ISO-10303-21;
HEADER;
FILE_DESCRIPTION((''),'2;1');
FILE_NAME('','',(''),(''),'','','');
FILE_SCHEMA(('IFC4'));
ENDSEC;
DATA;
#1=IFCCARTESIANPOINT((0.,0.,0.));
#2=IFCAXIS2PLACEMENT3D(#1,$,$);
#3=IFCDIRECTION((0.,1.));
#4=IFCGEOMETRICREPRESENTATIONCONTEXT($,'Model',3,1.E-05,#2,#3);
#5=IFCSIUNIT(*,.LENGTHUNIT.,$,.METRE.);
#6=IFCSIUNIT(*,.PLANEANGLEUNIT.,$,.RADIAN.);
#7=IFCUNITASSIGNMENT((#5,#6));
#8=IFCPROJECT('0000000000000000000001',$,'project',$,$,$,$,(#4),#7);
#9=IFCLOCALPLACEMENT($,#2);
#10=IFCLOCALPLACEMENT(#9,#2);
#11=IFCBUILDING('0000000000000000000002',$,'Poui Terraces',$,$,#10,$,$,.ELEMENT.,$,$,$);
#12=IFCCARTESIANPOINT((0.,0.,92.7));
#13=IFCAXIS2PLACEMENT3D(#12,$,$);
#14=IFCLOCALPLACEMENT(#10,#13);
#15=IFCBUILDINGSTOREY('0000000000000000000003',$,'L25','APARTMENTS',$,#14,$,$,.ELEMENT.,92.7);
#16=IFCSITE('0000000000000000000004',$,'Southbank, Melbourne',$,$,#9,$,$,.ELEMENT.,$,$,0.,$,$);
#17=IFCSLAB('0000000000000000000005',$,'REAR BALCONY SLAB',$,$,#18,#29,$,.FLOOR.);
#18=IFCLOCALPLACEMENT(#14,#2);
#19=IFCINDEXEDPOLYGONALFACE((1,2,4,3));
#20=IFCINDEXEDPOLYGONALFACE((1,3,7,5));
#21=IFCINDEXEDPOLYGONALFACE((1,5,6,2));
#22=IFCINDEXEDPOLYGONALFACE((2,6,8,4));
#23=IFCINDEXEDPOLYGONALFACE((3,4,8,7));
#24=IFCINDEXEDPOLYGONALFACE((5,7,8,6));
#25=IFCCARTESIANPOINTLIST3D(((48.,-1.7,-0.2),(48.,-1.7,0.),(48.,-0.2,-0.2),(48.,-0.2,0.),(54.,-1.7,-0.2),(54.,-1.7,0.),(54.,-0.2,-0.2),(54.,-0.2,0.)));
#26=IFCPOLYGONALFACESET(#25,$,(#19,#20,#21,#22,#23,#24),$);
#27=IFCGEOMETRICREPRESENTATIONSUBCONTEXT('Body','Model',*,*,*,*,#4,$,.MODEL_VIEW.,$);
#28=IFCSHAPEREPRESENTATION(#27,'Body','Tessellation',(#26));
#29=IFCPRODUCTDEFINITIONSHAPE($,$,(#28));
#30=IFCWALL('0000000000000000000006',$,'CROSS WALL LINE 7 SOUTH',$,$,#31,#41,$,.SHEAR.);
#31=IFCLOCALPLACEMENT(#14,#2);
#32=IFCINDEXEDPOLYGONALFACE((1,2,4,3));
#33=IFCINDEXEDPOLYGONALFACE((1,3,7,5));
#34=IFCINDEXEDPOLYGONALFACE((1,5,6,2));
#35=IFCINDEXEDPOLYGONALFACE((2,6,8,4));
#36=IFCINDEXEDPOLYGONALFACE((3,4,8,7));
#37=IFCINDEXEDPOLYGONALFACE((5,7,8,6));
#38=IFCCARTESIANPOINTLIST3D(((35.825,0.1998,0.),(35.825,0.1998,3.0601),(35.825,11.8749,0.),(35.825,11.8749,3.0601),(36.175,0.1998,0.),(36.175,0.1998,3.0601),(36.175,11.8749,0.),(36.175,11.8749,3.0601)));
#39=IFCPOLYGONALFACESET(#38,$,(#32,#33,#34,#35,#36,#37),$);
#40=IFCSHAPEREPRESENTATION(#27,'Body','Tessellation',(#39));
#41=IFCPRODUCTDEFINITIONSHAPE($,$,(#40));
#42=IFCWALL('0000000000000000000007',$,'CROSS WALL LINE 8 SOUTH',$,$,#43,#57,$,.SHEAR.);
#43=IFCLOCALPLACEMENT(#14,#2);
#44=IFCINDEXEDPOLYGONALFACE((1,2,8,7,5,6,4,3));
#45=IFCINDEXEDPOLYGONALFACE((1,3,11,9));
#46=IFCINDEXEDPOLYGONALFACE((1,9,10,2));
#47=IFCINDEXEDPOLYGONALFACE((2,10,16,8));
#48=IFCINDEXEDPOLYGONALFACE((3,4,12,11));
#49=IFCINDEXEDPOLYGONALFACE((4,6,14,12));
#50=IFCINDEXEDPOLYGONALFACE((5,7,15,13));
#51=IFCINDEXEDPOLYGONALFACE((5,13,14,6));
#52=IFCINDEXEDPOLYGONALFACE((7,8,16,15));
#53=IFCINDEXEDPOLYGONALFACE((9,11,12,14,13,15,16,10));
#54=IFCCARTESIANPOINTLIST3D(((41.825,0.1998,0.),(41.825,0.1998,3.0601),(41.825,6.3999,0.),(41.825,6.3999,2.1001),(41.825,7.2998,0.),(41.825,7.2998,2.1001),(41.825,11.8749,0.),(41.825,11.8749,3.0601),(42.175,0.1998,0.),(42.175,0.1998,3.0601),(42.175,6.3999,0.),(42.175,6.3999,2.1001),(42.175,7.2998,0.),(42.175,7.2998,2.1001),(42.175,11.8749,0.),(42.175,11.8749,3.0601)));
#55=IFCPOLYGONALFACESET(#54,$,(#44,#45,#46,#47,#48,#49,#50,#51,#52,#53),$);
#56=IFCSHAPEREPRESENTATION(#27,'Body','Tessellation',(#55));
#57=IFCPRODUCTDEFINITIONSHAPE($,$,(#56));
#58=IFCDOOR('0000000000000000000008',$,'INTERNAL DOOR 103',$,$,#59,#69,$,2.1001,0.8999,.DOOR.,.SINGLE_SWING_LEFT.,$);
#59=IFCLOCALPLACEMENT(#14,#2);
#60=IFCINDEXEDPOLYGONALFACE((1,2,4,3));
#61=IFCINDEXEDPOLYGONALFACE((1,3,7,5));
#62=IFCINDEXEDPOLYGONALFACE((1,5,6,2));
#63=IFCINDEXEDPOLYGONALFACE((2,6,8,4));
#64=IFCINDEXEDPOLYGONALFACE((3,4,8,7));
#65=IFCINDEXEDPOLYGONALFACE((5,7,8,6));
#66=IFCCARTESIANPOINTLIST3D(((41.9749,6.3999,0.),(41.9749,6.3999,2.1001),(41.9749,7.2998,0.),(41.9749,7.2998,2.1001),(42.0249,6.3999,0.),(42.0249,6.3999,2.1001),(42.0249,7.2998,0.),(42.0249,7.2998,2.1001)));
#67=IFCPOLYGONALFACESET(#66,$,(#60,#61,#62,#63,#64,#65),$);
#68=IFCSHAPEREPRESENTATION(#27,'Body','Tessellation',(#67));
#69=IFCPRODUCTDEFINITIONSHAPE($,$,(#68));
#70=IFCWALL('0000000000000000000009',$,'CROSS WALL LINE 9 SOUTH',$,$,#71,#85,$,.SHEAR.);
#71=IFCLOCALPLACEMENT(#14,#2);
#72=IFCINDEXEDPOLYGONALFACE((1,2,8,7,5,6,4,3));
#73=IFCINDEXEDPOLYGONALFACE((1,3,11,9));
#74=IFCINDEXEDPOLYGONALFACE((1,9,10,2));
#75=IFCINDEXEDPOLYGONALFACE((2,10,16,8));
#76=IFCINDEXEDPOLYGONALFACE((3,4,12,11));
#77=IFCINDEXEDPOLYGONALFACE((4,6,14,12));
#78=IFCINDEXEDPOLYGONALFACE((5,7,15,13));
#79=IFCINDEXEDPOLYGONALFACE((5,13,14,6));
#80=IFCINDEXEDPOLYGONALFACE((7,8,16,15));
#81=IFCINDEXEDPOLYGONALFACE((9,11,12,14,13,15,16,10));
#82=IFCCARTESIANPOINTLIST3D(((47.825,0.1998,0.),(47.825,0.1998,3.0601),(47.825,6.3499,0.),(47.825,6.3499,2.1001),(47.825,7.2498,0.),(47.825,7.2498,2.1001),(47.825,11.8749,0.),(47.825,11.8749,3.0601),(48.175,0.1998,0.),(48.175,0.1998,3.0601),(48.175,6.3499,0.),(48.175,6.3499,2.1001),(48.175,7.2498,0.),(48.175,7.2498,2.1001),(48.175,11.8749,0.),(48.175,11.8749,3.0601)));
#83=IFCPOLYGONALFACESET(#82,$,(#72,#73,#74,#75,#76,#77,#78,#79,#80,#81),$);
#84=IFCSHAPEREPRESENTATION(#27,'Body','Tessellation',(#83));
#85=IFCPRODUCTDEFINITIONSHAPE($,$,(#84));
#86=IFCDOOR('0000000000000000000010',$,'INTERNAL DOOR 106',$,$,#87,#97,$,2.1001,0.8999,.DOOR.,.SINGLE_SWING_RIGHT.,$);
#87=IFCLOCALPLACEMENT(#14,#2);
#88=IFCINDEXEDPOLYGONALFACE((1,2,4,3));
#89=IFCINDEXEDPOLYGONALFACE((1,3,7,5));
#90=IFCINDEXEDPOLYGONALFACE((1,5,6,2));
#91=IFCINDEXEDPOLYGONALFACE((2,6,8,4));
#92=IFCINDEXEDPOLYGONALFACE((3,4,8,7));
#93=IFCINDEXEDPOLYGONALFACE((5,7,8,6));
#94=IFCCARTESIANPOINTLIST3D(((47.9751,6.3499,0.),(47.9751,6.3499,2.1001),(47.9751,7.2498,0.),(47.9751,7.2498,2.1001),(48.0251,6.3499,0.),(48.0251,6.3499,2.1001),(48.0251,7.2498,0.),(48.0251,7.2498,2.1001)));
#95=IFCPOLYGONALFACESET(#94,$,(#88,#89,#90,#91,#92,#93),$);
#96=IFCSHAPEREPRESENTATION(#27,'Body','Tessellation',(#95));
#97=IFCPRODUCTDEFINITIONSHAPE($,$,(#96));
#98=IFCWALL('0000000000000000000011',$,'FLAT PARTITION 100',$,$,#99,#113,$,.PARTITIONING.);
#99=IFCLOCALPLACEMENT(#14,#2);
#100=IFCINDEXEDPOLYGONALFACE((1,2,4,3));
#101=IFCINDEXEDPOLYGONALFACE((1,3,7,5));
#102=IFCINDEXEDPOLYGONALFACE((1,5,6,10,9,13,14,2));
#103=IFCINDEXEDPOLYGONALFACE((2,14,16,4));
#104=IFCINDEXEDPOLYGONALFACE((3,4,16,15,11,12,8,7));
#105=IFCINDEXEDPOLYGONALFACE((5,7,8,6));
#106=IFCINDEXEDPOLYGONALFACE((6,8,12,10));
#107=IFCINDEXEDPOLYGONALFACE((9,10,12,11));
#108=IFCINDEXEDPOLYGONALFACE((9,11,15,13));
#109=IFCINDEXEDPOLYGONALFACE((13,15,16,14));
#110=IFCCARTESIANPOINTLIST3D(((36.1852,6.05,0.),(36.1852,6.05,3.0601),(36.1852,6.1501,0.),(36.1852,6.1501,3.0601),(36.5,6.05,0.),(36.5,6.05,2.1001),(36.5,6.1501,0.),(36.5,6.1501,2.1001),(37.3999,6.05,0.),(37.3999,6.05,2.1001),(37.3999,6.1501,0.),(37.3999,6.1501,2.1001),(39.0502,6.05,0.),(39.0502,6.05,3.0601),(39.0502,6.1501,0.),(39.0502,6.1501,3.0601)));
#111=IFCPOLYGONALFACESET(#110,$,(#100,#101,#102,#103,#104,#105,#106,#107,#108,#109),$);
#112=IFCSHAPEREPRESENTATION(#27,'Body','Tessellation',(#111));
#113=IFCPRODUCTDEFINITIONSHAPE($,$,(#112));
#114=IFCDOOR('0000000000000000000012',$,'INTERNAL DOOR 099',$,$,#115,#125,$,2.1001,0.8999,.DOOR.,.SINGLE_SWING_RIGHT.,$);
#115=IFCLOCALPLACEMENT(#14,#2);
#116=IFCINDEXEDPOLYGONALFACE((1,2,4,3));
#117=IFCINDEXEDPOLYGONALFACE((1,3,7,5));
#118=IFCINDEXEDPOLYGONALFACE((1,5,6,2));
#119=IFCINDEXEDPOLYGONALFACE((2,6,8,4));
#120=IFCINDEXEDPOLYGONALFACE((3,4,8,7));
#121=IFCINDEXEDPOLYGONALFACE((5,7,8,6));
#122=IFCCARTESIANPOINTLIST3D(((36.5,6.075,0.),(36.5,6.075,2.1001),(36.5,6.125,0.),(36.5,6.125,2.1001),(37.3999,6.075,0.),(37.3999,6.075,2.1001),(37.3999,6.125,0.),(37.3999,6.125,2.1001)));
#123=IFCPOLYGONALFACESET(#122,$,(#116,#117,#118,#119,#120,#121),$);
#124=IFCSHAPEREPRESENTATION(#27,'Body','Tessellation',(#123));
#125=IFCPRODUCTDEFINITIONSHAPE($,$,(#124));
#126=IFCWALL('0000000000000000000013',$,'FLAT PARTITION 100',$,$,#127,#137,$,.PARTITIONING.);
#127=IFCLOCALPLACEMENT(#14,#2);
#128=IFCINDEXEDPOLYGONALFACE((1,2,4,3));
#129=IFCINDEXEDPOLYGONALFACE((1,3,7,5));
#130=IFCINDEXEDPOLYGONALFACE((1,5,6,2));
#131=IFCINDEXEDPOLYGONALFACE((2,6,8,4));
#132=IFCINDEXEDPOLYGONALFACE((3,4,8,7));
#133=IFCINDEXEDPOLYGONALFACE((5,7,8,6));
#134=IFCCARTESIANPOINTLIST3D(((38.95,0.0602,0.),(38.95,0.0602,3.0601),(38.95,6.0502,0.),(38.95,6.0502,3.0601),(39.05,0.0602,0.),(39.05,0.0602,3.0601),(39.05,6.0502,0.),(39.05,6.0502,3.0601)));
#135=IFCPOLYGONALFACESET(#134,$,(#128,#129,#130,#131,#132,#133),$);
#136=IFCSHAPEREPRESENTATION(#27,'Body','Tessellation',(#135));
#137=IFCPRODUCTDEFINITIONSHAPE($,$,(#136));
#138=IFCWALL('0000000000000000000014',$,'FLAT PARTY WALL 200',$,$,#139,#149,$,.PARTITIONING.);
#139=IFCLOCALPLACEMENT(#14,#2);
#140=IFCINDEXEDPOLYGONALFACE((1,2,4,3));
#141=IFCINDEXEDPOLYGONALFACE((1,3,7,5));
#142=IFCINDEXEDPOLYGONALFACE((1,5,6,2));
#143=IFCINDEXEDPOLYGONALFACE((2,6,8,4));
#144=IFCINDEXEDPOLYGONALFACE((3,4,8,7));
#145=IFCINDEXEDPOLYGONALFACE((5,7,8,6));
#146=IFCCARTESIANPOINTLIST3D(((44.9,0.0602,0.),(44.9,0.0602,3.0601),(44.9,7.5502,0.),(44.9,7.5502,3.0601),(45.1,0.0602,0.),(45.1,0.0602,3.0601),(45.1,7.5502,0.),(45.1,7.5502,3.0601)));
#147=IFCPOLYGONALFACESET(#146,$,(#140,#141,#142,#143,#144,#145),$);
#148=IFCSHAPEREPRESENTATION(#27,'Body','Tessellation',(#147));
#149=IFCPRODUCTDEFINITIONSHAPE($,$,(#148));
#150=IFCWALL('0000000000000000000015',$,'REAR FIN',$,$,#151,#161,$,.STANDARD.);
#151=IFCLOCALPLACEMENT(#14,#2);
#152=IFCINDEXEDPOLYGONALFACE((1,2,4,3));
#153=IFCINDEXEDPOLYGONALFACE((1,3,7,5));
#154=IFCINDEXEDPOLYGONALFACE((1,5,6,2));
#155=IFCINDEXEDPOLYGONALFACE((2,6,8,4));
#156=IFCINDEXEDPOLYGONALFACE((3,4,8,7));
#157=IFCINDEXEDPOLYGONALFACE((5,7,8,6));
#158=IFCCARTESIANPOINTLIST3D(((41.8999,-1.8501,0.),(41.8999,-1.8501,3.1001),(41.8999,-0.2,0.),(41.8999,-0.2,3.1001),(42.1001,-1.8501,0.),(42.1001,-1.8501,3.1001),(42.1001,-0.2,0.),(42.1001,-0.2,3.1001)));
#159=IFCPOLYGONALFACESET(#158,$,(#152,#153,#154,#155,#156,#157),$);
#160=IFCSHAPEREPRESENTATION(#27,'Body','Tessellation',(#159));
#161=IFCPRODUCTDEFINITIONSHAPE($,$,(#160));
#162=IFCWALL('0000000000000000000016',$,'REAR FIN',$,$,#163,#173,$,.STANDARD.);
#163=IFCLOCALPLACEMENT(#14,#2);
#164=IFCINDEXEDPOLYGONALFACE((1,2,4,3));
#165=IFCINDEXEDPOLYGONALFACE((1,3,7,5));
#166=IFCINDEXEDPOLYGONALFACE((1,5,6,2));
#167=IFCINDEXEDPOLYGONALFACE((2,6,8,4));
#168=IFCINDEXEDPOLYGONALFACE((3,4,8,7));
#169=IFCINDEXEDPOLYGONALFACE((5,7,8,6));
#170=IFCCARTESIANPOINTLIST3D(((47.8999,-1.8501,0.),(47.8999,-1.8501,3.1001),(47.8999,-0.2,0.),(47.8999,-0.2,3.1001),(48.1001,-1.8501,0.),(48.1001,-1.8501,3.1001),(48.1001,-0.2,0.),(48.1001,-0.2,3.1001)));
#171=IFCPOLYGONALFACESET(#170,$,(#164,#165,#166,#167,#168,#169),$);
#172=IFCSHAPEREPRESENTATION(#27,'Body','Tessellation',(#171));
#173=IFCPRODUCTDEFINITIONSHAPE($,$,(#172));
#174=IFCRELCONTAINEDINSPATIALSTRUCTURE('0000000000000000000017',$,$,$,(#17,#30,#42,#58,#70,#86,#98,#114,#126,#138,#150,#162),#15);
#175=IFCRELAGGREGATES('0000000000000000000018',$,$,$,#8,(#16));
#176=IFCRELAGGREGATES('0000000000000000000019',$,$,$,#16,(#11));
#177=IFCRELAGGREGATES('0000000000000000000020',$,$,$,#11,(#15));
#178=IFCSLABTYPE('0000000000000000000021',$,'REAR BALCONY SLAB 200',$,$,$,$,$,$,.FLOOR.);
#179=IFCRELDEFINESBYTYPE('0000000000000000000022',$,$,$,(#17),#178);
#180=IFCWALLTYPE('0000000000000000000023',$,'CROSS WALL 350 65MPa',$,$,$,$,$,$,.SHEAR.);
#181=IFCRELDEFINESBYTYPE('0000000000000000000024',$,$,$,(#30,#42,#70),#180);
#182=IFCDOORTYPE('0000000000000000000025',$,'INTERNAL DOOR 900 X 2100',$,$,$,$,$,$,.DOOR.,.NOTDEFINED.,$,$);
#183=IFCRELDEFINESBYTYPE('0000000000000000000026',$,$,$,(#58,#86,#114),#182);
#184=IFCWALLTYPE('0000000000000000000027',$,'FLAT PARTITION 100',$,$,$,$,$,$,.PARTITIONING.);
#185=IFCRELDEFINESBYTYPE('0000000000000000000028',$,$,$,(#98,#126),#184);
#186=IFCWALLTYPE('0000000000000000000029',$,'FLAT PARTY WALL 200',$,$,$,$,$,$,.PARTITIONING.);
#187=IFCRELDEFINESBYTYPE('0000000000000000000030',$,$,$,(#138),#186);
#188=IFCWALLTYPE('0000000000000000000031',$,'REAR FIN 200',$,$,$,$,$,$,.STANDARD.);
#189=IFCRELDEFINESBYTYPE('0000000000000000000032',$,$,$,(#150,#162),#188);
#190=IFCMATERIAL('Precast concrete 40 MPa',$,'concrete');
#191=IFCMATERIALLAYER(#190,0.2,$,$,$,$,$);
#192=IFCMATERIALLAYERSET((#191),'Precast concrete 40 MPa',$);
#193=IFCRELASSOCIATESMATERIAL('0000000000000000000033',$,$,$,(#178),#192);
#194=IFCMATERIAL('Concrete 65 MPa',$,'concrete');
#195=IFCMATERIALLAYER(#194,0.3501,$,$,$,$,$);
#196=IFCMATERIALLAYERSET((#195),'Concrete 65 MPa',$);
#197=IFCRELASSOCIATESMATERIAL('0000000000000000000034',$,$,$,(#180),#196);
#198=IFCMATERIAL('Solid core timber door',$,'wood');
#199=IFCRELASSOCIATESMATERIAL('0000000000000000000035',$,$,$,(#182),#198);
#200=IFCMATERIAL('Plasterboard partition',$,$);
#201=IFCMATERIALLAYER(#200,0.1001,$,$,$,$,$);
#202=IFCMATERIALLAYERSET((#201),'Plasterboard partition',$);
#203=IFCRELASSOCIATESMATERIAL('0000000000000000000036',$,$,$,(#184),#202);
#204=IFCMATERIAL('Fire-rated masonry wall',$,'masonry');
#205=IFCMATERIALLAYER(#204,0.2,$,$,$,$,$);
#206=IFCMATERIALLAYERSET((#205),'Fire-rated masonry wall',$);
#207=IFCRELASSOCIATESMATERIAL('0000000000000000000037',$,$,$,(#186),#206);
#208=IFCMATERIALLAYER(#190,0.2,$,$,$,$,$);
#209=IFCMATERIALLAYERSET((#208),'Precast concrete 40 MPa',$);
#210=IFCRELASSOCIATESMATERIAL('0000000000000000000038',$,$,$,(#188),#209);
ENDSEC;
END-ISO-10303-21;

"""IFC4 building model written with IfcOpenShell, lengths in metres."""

from ifc_helpers import new_model, si_unit, direction, frame, frame_2d, origin, place, context, subcontext, project, spatial, polyline, rectangle, outline, extrude, source, transform, mapped, material, layer, layer_set, type_object, element, fill, save


model = new_model("IFC4")

# Units and contexts
model_context = context("Model", 3, precision=1e-05, world=origin(), true_north=direction((0.0, 1.0)))
body_context = subcontext(model_context, "Body", "Model", "MODEL_VIEW")
ifc_project = project(units=[si_unit("LENGTHUNIT", "METRE"), si_unit("PLANEANGLEUNIT", "RADIAN")], contexts=[model_context])

# Site, building, storey
site_placement = place(None, origin())
site = spatial("IfcSite", under=ifc_project, at=site_placement, Name="Southbank, Melbourne", CompositionType="ELEMENT", RefElevation=0.0)
building_placement = place(site_placement, origin())
building = spatial("IfcBuilding", under=site, at=building_placement, Name="Poui Terraces", CompositionType="ELEMENT")
storey_placement = place(building_placement, frame((0.0, 0.0, 92.7)))
storey = spatial("IfcBuildingStorey", under=building, at=storey_placement, Name="L25", Description="APARTMENTS", CompositionType="ELEMENT", Elevation=92.7)

# Slab
ifc_material_1 = material(Name="Precast concrete 40 MPa", Category="concrete")
ifc_layer_1 = layer(ifc_material_1, 0.2)
ifc_layer_set_1 = layer_set([ifc_layer_1], Name="Precast concrete 40 MPa")
slab_type = type_object("IfcSlabType", Name="REAR BALCONY SLAB 200", PredefinedType="FLOOR", material=ifc_layer_set_1)
shared_shape_1 = source(origin(), body_context, "Body", "SweptSolid", [
    extrude(outline(polyline([(0.0, 0.0), (6.0, 0.0), (6.0, 1.5), (0.0, 1.5), (0.0, 0.0)])), origin(), (0.0, 0.0, 1.0), 0.2),
])
slab_placement = place(storey_placement, frame((48.0, -1.7, -0.2)))
element("IfcSlab", 1, at=slab_placement, inside=storey, type_object=slab_type, Name="REAR BALCONY SLAB", PredefinedType="FLOOR", context=body_context, shape_type="MappedRepresentation", body=[
    mapped(shared_shape_1, transform((0.0, 0.0, 0.0))),
])

# Wall
ifc_material_2 = material(Name="Concrete 65 MPa", Category="concrete")
ifc_layer_2 = layer(ifc_material_2, 0.3501)
ifc_layer_set_2 = layer_set([ifc_layer_2], Name="Concrete 65 MPa")
wall_type_1 = type_object("IfcWallType", Name="CROSS WALL 350 65MPa", PredefinedType="SHEAR", material=ifc_layer_set_2)
wall_1_placement = place(storey_placement, frame((36.0, 0.2, 0.0), z_axis=(0.0, 0.0, 1.0), x_axis=(0.0, 1.0, 0.0)))
element("IfcWall", 2, at=wall_1_placement, inside=storey, type_object=wall_type_1, Name="CROSS WALL LINE 7 SOUTH", PredefinedType="SHEAR", context=body_context, shape_type="SweptSolid", body=[
    extrude(rectangle(XDim=11.675, YDim=0.3501, at=frame_2d((5.8374, 0.0))), origin(), (0.0, 0.0, 1.0), 3.0601),
])

# Walls, openings, doors
wall_2_placement = place(storey_placement, frame((42.0, 0.2, 0.0), z_axis=(0.0, 0.0, 1.0), x_axis=(0.0, 1.0, 0.0)))
wall_2 = element("IfcWall", 3, at=wall_2_placement, inside=storey, type_object=wall_type_1, Name="CROSS WALL LINE 8 SOUTH", PredefinedType="SHEAR", context=body_context, shape_type="SweptSolid", body=[
    extrude(rectangle(XDim=11.675, YDim=0.3501, at=frame_2d((5.8374, 0.0))), origin(), (0.0, 0.0, 1.0), 3.0601),
])
opening_1_placement = place(wall_2_placement, frame((6.2, 0.0, 0.0)))
opening_1 = element("IfcOpeningElement", 4, at=opening_1_placement, cuts=wall_2, PredefinedType="OPENING", context=body_context, shape_type="SweptSolid", body=[
    extrude(rectangle(XDim=0.8999, YDim=2.1001, at=frame_2d((0.45, 1.05))), frame((0.0, 0.1851, 0.0), z_axis=(0.0, -1.0, 0.0), x_axis=(1.0, 0.0, 0.0)), (0.0, 0.0, 1.0), 0.3701),
])
ifc_material_3 = material(Name="Solid core timber door", Category="wood")
door_type = type_object("IfcDoorType", Name="INTERNAL DOOR 900 X 2100", OperationType="NOTDEFINED", PredefinedType="DOOR", material=ifc_material_3)
door_1_placement = place(opening_1_placement, frame((0.8999, 0.0, 0.0), z_axis=(0.0, 0.0, 1.0), x_axis=(-1.0, 0.0, 0.0)))
door_1 = element("IfcDoor", 5, at=door_1_placement, inside=storey, type_object=door_type, Name="INTERNAL DOOR 103", OperationType="SINGLE_SWING_LEFT", OverallHeight=2.1001, OverallWidth=0.8999, PredefinedType="DOOR", context=body_context, shape_type="SweptSolid", body=[
    extrude(rectangle(XDim=0.8999, YDim=2.1001, at=frame_2d((0.45, 1.05))), frame((0.0, 0.0249, 0.0), z_axis=(0.0, -1.0, 0.0), x_axis=(1.0, 0.0, 0.0)), (0.0, 0.0, 1.0), 0.05),
])
fill(opening_1, door_1)
wall_3_placement = place(storey_placement, frame((48.0, 0.2, 0.0), z_axis=(0.0, 0.0, 1.0), x_axis=(0.0, 1.0, 0.0)))
wall_3 = element("IfcWall", 6, at=wall_3_placement, inside=storey, type_object=wall_type_1, Name="CROSS WALL LINE 9 SOUTH", PredefinedType="SHEAR", context=body_context, shape_type="SweptSolid", body=[
    extrude(rectangle(XDim=11.675, YDim=0.3501, at=frame_2d((5.8374, 0.0))), origin(), (0.0, 0.0, 1.0), 3.0601),
])
opening_2_placement = place(wall_3_placement, frame((6.1499, 0.0, 0.0)))
opening_2 = element("IfcOpeningElement", 7, at=opening_2_placement, cuts=wall_3, PredefinedType="OPENING", context=body_context, shape_type="SweptSolid", body=[
    extrude(rectangle(XDim=0.8999, YDim=2.1001, at=frame_2d((0.45, 1.05))), frame((0.0, 0.1851, 0.0), z_axis=(0.0, -1.0, 0.0), x_axis=(1.0, 0.0, 0.0)), (0.0, 0.0, 1.0), 0.3701),
])
door_2_placement = place(opening_2_placement, origin())
door_2 = element("IfcDoor", 8, at=door_2_placement, inside=storey, type_object=door_type, Name="INTERNAL DOOR 106", OperationType="SINGLE_SWING_RIGHT", OverallHeight=2.1001, OverallWidth=0.8999, PredefinedType="DOOR", context=body_context, shape_type="SweptSolid", body=[
    extrude(rectangle(XDim=0.8999, YDim=2.1001, at=frame_2d((0.45, 1.05))), frame((0.0, 0.0249, 0.0), z_axis=(0.0, -1.0, 0.0), x_axis=(1.0, 0.0, 0.0)), (0.0, 0.0, 1.0), 0.05),
])
fill(opening_2, door_2)
ifc_material_4 = material(Name="Plasterboard partition")
ifc_layer_3 = layer(ifc_material_4, 0.1001)
ifc_layer_set_3 = layer_set([ifc_layer_3], Name="Plasterboard partition")
wall_type_2 = type_object("IfcWallType", Name="FLAT PARTITION 100", PredefinedType="PARTITIONING", material=ifc_layer_set_3)
wall_4_placement = place(storey_placement, frame((36.1851, 6.1001, 0.0), z_axis=(0.0, 0.0, 1.0), x_axis=(1.0, 0.0, 0.0)))
wall_4 = element("IfcWall", 9, at=wall_4_placement, inside=storey, type_object=wall_type_2, Name="FLAT PARTITION 100", PredefinedType="PARTITIONING", context=body_context, shape_type="SweptSolid", body=[
    extrude(rectangle(XDim=2.865, YDim=0.1001, at=frame_2d((1.4326, 0.0))), origin(), (0.0, 0.0, 1.0), 3.0601),
])
opening_3_placement = place(wall_4_placement, frame((0.3149, 0.0, 0.0)))
opening_3 = element("IfcOpeningElement", 10, at=opening_3_placement, cuts=wall_4, PredefinedType="OPENING", context=body_context, shape_type="SweptSolid", body=[
    extrude(rectangle(XDim=0.8999, YDim=2.1001, at=frame_2d((0.45, 1.05))), frame((0.0, 0.0601, 0.0), z_axis=(0.0, -1.0, 0.0), x_axis=(1.0, 0.0, 0.0)), (0.0, 0.0, 1.0), 0.1201),
])
door_3_placement = place(opening_3_placement, origin())
door_3 = element("IfcDoor", 11, at=door_3_placement, inside=storey, type_object=door_type, Name="INTERNAL DOOR 099", OperationType="SINGLE_SWING_RIGHT", OverallHeight=2.1001, OverallWidth=0.8999, PredefinedType="DOOR", context=body_context, shape_type="SweptSolid", body=[
    extrude(rectangle(XDim=0.8999, YDim=2.1001, at=frame_2d((0.45, 1.05))), frame((0.0, 0.0249, 0.0), z_axis=(0.0, -1.0, 0.0), x_axis=(1.0, 0.0, 0.0)), (0.0, 0.0, 1.0), 0.05),
])
fill(opening_3, door_3)

# Walls
wall_5_placement = place(storey_placement, frame((39.0, 0.0601, 0.0), z_axis=(0.0, 0.0, 1.0), x_axis=(0.0, 1.0, 0.0)))
element("IfcWall", 12, at=wall_5_placement, inside=storey, type_object=wall_type_2, Name="FLAT PARTITION 100", PredefinedType="PARTITIONING", context=body_context, shape_type="SweptSolid", body=[
    extrude(rectangle(XDim=5.99, YDim=0.1001, at=frame_2d((2.9951, 0.0))), origin(), (0.0, 0.0, 1.0), 3.0601),
])
ifc_material_5 = material(Name="Fire-rated masonry wall", Category="masonry")
ifc_layer_4 = layer(ifc_material_5, 0.2)
ifc_layer_set_4 = layer_set([ifc_layer_4], Name="Fire-rated masonry wall")
wall_type_3 = type_object("IfcWallType", Name="FLAT PARTY WALL 200", PredefinedType="PARTITIONING", material=ifc_layer_set_4)
wall_6_placement = place(storey_placement, frame((45.0, 0.0601, 0.0), z_axis=(0.0, 0.0, 1.0), x_axis=(0.0, 1.0, 0.0)))
element("IfcWall", 13, at=wall_6_placement, inside=storey, type_object=wall_type_3, Name="FLAT PARTY WALL 200", PredefinedType="PARTITIONING", context=body_context, shape_type="SweptSolid", body=[
    extrude(rectangle(XDim=7.49, YDim=0.2, at=frame_2d((3.7451, 0.0))), origin(), (0.0, 0.0, 1.0), 3.0601),
])
ifc_layer_5 = layer(ifc_material_1, 0.2)
ifc_layer_set_5 = layer_set([ifc_layer_5], Name="Precast concrete 40 MPa")
wall_type_4 = type_object("IfcWallType", Name="REAR FIN 200", PredefinedType="STANDARD", material=ifc_layer_set_5)
shared_shape_2 = source(origin(), body_context, "Body", "SweptSolid", [
    extrude(outline(polyline([(0.0, 0.0), (0.2002, 0.0), (0.2002, 1.6501), (0.0, 1.6501), (0.0, 0.0)])), origin(), (0.0, 0.0, 1.0), 3.1001),
])
for number, where, name in (
    (14, (41.8999, -1.8501, 0.0), "REAR FIN"),
    (15, (47.8999, -1.8501, 0.0), "REAR FIN"),
):
    element("IfcWall", number, at=place(storey_placement, frame(where)), inside=storey, type_object=wall_type_4, Name=name, PredefinedType="STANDARD", context=body_context, shape_type="MappedRepresentation", body=[
        mapped(shared_shape_2, transform((0.0, 0.0, 0.0))),
    ])

save(model, "model.ifc")
